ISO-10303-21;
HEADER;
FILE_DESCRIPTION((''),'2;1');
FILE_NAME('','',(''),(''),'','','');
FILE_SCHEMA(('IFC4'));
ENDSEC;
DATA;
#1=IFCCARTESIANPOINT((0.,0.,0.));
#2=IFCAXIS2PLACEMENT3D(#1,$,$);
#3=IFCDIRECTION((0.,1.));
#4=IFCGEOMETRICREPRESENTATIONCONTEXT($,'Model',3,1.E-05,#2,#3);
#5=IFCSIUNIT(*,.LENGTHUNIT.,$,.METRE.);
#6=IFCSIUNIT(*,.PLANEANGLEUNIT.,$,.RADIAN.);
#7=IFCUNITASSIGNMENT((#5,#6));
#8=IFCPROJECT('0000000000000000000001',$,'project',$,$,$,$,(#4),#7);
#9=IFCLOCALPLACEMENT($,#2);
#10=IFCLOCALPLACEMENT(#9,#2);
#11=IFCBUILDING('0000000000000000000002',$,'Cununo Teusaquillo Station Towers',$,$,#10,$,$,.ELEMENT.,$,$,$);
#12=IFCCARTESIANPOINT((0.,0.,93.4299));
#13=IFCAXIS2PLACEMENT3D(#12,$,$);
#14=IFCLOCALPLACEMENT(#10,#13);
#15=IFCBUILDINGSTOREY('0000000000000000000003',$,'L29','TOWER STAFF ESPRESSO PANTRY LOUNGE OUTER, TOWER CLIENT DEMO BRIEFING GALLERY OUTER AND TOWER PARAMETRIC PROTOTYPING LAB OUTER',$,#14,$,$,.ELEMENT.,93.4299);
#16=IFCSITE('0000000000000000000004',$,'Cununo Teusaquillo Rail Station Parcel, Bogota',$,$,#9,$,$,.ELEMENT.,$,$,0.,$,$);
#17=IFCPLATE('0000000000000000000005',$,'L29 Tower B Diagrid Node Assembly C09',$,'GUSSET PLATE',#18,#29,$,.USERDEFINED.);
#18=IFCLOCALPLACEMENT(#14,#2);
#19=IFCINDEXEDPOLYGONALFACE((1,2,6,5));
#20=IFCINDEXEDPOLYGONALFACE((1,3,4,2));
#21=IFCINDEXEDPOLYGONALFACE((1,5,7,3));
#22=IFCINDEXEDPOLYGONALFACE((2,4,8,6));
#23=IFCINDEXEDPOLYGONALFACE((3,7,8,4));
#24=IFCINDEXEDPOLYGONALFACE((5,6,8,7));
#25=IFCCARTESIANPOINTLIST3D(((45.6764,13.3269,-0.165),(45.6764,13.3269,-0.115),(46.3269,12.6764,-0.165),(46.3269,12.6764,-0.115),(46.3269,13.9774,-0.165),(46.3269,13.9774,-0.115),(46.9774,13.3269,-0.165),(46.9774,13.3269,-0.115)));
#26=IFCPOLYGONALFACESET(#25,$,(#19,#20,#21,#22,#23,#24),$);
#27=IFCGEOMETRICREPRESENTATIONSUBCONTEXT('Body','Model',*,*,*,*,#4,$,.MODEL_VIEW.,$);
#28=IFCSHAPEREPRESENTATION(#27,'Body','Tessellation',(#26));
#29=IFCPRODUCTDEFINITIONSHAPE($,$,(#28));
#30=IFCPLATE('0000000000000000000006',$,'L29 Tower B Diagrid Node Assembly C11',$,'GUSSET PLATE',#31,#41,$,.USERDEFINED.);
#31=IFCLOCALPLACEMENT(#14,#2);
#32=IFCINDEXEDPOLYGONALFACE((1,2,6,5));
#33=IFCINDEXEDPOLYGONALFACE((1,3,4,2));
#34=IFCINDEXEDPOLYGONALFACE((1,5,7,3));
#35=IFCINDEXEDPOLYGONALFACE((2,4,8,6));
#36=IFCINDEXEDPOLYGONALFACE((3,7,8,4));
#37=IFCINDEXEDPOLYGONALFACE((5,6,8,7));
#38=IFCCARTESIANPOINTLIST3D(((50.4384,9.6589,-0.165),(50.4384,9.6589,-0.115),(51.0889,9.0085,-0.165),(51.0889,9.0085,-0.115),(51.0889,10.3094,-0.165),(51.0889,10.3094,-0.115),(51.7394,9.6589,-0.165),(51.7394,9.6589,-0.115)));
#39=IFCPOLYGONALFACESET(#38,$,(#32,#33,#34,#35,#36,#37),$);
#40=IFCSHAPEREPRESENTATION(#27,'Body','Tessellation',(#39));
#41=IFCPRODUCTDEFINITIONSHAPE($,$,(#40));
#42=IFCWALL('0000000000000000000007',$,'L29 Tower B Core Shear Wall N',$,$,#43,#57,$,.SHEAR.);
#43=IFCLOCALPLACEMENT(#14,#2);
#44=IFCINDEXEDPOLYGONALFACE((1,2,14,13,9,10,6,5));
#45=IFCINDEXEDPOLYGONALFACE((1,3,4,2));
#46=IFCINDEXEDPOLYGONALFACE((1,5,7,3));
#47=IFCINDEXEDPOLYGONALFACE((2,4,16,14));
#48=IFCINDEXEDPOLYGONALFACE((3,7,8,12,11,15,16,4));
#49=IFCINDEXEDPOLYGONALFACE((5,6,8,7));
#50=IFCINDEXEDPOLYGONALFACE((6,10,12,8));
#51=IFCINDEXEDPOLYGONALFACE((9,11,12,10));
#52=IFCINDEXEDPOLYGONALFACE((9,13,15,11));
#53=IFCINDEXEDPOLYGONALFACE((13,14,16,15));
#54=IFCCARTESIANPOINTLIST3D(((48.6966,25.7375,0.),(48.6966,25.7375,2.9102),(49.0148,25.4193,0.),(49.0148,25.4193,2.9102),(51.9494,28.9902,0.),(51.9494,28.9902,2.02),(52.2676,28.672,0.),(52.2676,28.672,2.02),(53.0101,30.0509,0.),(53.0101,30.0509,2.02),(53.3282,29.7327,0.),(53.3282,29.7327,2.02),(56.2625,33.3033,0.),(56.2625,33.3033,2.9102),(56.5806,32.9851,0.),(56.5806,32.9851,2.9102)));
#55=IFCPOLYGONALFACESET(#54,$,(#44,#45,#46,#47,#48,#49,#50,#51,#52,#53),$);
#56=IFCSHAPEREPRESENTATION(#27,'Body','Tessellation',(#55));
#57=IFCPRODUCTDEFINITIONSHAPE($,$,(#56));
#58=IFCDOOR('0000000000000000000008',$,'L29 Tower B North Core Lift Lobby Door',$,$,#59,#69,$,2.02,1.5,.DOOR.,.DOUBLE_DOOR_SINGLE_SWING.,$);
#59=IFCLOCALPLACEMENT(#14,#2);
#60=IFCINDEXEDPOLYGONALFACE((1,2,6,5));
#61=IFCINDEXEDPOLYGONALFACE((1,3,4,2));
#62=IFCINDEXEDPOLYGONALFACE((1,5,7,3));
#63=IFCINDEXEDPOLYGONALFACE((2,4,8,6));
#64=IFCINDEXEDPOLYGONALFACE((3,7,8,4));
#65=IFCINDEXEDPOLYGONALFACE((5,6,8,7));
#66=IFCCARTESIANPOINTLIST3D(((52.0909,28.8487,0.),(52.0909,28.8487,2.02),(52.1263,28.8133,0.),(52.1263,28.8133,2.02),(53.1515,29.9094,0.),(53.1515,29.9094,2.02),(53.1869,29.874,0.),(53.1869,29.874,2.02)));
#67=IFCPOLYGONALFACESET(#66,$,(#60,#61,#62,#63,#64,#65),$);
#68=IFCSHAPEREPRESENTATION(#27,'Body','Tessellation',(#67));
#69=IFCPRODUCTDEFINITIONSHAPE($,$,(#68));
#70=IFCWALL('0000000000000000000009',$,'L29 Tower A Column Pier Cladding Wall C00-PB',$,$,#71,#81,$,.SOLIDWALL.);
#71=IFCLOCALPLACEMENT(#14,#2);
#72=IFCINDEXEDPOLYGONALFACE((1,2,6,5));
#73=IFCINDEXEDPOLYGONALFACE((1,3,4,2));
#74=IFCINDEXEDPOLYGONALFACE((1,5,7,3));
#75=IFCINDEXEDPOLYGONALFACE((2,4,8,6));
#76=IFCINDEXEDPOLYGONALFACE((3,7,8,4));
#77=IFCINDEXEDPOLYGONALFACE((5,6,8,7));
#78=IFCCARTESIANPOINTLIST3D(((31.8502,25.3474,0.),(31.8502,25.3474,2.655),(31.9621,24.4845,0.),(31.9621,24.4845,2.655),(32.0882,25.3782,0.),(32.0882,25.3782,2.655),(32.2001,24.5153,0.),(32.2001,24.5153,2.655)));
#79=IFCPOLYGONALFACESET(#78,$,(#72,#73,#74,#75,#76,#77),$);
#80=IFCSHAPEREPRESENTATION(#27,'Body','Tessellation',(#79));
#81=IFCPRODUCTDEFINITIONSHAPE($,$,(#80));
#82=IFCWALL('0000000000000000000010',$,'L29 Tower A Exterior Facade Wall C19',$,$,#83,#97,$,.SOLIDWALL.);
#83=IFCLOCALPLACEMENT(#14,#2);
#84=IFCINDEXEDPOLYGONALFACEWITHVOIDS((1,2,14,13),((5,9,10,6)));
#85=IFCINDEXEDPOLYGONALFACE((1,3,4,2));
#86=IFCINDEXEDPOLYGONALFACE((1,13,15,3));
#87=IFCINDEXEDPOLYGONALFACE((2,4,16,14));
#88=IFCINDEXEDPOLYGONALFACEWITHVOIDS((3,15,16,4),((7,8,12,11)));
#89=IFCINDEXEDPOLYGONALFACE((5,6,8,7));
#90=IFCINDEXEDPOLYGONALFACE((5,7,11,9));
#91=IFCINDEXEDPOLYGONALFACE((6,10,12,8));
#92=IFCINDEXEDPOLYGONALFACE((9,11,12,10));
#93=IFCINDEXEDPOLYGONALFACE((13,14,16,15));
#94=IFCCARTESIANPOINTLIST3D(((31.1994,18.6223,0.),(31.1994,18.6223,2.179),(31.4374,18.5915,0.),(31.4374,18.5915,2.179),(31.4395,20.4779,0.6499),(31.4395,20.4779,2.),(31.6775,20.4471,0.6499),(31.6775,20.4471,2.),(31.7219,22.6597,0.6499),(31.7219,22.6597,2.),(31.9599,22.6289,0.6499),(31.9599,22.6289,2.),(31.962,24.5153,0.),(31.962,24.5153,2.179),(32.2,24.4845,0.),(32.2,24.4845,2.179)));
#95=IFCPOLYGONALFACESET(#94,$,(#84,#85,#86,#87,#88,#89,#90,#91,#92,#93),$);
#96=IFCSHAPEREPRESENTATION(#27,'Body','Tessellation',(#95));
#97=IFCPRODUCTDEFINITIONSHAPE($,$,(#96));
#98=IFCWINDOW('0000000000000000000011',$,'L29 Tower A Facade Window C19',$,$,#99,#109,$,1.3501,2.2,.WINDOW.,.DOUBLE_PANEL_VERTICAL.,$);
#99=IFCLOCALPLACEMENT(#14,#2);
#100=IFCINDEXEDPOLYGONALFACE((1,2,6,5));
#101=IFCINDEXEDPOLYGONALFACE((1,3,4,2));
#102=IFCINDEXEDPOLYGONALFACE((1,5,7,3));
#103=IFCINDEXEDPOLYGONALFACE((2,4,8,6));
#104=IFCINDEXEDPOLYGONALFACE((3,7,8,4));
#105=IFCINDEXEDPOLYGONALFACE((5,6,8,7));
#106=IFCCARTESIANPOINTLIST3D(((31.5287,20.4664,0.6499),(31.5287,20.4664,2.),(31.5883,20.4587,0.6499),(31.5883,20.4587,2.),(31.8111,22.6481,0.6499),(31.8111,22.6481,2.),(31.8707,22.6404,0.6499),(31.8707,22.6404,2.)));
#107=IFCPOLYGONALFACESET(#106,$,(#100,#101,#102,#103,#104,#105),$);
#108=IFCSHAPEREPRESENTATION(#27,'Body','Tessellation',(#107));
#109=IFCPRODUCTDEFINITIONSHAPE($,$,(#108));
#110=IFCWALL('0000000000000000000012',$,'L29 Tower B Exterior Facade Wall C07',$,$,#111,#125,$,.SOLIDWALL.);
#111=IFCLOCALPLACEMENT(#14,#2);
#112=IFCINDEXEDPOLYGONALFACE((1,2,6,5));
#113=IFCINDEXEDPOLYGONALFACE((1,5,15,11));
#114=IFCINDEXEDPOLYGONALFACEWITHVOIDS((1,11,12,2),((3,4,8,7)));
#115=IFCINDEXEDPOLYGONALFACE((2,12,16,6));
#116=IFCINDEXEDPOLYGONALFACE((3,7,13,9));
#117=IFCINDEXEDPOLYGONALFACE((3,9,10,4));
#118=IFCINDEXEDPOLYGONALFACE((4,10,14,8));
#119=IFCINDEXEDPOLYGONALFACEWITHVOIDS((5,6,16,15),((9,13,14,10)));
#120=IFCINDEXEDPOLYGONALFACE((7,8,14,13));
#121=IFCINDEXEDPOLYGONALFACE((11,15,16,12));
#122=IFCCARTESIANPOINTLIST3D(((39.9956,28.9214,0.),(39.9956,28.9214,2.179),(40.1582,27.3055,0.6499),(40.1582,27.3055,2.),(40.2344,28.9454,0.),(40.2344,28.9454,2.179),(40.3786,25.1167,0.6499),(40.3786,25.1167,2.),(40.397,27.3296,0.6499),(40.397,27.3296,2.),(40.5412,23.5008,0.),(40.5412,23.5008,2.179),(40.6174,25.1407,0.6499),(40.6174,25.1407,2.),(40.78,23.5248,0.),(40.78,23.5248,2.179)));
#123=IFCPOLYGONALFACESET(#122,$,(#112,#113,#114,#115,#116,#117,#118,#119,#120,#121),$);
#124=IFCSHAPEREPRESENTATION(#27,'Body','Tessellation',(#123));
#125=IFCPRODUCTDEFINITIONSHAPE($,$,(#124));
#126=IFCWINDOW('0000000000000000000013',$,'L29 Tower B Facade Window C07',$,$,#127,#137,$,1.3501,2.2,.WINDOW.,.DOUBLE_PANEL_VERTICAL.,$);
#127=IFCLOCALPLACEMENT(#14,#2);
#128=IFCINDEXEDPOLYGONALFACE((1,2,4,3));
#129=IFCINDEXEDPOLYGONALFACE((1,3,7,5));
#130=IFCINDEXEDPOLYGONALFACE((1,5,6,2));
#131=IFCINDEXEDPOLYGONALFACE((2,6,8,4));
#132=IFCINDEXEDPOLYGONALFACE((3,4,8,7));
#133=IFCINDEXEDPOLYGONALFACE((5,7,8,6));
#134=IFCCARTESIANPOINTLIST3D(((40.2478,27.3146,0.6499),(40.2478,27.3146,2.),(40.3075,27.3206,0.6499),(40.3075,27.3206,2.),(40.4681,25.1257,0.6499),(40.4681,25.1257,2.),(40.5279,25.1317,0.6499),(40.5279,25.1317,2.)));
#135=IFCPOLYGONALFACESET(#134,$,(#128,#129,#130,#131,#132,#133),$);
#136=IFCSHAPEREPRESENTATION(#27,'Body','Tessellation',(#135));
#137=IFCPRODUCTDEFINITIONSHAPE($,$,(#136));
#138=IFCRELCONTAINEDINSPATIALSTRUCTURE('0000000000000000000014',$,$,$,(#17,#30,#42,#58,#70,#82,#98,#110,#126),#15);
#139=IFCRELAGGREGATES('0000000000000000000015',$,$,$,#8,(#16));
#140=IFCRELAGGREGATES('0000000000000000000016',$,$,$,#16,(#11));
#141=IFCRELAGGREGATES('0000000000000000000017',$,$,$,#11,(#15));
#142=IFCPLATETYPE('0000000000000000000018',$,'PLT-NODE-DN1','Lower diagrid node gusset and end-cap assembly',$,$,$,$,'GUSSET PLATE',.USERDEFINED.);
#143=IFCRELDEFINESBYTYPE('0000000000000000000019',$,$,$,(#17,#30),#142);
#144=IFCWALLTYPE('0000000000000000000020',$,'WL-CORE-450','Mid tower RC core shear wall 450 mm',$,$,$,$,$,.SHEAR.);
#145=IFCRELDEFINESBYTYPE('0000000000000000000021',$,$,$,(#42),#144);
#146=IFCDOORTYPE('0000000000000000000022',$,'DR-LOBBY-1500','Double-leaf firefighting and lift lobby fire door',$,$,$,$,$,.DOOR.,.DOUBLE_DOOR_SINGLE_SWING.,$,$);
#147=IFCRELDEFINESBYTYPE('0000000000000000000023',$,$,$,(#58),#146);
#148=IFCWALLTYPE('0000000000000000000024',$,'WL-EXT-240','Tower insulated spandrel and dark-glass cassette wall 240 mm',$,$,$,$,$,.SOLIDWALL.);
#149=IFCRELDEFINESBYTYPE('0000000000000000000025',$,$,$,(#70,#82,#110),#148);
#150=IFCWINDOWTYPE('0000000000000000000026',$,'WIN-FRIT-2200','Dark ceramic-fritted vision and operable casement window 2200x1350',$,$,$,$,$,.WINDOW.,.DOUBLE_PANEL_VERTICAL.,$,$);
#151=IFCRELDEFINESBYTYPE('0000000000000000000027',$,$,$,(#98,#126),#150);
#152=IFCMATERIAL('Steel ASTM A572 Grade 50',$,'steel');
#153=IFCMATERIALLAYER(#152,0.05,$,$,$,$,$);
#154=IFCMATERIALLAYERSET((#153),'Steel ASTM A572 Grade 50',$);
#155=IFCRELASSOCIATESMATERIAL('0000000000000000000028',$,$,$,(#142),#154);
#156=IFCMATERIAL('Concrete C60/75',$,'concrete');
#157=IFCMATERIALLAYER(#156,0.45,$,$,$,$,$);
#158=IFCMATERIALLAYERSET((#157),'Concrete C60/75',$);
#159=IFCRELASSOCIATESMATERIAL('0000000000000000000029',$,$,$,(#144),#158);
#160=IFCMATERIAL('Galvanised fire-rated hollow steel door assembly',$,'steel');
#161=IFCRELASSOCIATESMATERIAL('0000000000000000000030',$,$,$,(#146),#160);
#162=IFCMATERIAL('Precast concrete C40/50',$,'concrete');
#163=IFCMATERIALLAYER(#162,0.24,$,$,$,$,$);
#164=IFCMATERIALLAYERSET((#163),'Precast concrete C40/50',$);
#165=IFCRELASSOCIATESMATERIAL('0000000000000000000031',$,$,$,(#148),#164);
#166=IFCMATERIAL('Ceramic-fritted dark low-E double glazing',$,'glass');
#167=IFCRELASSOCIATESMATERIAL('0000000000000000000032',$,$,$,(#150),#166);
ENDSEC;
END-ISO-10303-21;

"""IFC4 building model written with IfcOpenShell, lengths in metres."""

from ifc_helpers import new_model, si_unit, direction, frame, frame_2d, origin, origin_2d, place, context, subcontext, project, spatial, rectangle, extrude, source, transform, mapped, material, layer, layer_set, type_object, element, fill, save


model = new_model("IFC4")

# Units and contexts
model_context = context("Model", 3, precision=1e-05, world=origin(), true_north=direction((0.0, 1.0)))
body_context = subcontext(model_context, "Body", "Model", "MODEL_VIEW")
ifc_project = project(units=[si_unit("LENGTHUNIT", "METRE"), si_unit("PLANEANGLEUNIT", "RADIAN")], contexts=[model_context])

# Site, building, storey
site_placement = place(None, origin())
site = spatial("IfcSite", under=ifc_project, at=site_placement, Name="Cununo Teusaquillo Rail Station Parcel, Bogota", CompositionType="ELEMENT", RefElevation=0.0)
building_placement = place(site_placement, origin())
building = spatial("IfcBuilding", under=site, at=building_placement, Name="Cununo Teusaquillo Station Towers", CompositionType="ELEMENT")
storey_placement = place(building_placement, frame((0.0, 0.0, 93.4299)))
storey = spatial("IfcBuildingStorey", under=building, at=storey_placement, Name="L29", Description="TOWER STAFF ESPRESSO PANTRY LOUNGE OUTER, TOWER CLIENT DEMO BRIEFING GALLERY OUTER AND TOWER PARAMETRIC PROTOTYPING LAB OUTER", CompositionType="ELEMENT", Elevation=93.4299)

# Plates
ifc_material_1 = material(Name="Steel ASTM A572 Grade 50", Category="steel")
ifc_layer_1 = layer(ifc_material_1, 0.05)
ifc_layer_set_1 = layer_set([ifc_layer_1], Name="Steel ASTM A572 Grade 50")
plate_type = type_object("IfcPlateType", Name="PLT-NODE-DN1", Description="Lower diagrid node gusset and end-cap assembly", ElementType="GUSSET PLATE", PredefinedType="USERDEFINED", material=ifc_layer_set_1)
shared_shape_1 = source(origin(), body_context, "Body", "SweptSolid", [
    extrude(rectangle(XDim=0.9199, YDim=0.9199, at=origin_2d()), origin(), (0.0, 0.0, 1.0), 0.05),
])
for number, where, z_axis, x_axis, name in (
    (1, (46.3269, 13.3269, -0.165), (0.0, 0.0, 1.0), (0.707107, 0.707107, 0.0), "L29 Tower B Diagrid Node Assembly C09"),
    (2, (51.0889, 9.6589, -0.165), (0.0, 0.0, 1.0), (0.707107, 0.707107, 0.0), "L29 Tower B Diagrid Node Assembly C11"),
):
    element("IfcPlate", number, at=place(storey_placement, frame(where, z_axis=z_axis, x_axis=x_axis)), inside=storey, type_object=plate_type, Name=name, ObjectType="GUSSET PLATE", PredefinedType="USERDEFINED", context=body_context, shape_type="MappedRepresentation", body=[
        mapped(shared_shape_1, transform((0.0, 0.0, 0.0), x_axis=(1.0, 0.0, 0.0), y_axis=(0.0, 1.0, 0.0), z_axis=(0.0, 0.0, 1.0), scale=1.0)),
    ])

# Wall, opening, door
ifc_material_2 = material(Name="Concrete C60/75", Category="concrete")
ifc_layer_2 = layer(ifc_material_2, 0.45)
ifc_layer_set_2 = layer_set([ifc_layer_2], Name="Concrete C60/75")
wall_type_1 = type_object("IfcWallType", Name="WL-CORE-450", Description="Mid tower RC core shear wall 450 mm", PredefinedType="SHEAR", material=ifc_layer_set_2)
wall_1_placement = place(storey_placement, frame((48.8557, 25.5784, 0.0), z_axis=(0.0, 0.0, 1.0), x_axis=(0.707107, 0.707107, 0.0)))
wall_1 = element("IfcWall", 3, at=wall_1_placement, inside=storey, type_object=wall_type_1, Name="L29 Tower B Core Shear Wall N", PredefinedType="SHEAR", context=body_context, shape_type="SweptSolid", body=[
    extrude(rectangle(XDim=10.6997, YDim=0.45, at=frame_2d((5.3499, 0.0))), origin(), (0.0, 0.0, 1.0), 2.9102),
])
shared_shape_2 = source(origin(), body_context, "Body", "SweptSolid", [
    extrude(rectangle(XDim=1.5, YDim=2.02, at=frame_2d((0.75, 1.01))), frame((0.0, 0.2349, 0.0), z_axis=(0.0, -1.0, 0.0), x_axis=(1.0, 0.0, 0.0)), (0.0, 0.0, 1.0), 0.47),
])
opening_1_placement = place(wall_1_placement, frame((4.6001, 0.0, 0.0)))
opening_1 = element("IfcOpeningElement", 4, at=opening_1_placement, cuts=wall_1, PredefinedType="OPENING", context=body_context, shape_type="MappedRepresentation", body=[
    mapped(shared_shape_2, transform((0.0, 0.0, 0.0), x_axis=(1.0, 0.0, 0.0), y_axis=(0.0, 1.0, 0.0), z_axis=(0.0, 0.0, 1.0), scale=1.0)),
])
ifc_material_3 = material(Name="Galvanised fire-rated hollow steel door assembly", Category="steel")
door_type_1 = type_object("IfcDoorType", Name="DR-LOBBY-1500", Description="Double-leaf firefighting and lift lobby fire door", OperationType="DOUBLE_DOOR_SINGLE_SWING", PredefinedType="DOOR", material=ifc_material_3)
shared_shape_3 = source(origin(), body_context, "Body", "SweptSolid", [
    extrude(rectangle(XDim=1.5, YDim=2.02, at=frame_2d((0.75, 1.01))), frame((0.0, 0.0249, 0.0), z_axis=(0.0, -1.0, 0.0), x_axis=(1.0, 0.0, 0.0)), (0.0, 0.0, 1.0), 0.05),
])
door_1_placement = place(opening_1_placement, origin())
door_1 = element("IfcDoor", 5, at=door_1_placement, inside=storey, type_object=door_type_1, Name="L29 Tower B North Core Lift Lobby Door", OperationType="DOUBLE_DOOR_SINGLE_SWING", OverallHeight=2.02, OverallWidth=1.5, PredefinedType="DOOR", context=body_context, shape_type="MappedRepresentation", body=[
    mapped(shared_shape_3, transform((0.0, 0.0, 0.0), x_axis=(1.0, 0.0, 0.0), y_axis=(0.0, 1.0, 0.0), z_axis=(0.0, 0.0, 1.0), scale=1.0)),
])
fill(opening_1, door_1)

# Wall
ifc_material_4 = material(Name="Precast concrete C40/50", Category="concrete")
ifc_layer_3 = layer(ifc_material_4, 0.24)
ifc_layer_set_3 = layer_set([ifc_layer_3], Name="Precast concrete C40/50")
wall_type_2 = type_object("IfcWallType", Name="WL-EXT-240", Description="Tower insulated spandrel and dark-glass cassette wall 240 mm", PredefinedType="SOLIDWALL", material=ifc_layer_set_3)
wall_2_placement = place(storey_placement, frame((31.9692, 25.3628, 0.0), z_axis=(0.0, 0.0, 1.0), x_axis=(0.128523, -0.991706, 0.0)))
element("IfcWall", 6, at=wall_2_placement, inside=storey, type_object=wall_type_2, Name="L29 Tower A Column Pier Cladding Wall C00-PB", PredefinedType="SOLIDWALL", context=body_context, shape_type="SweptSolid", body=[
    extrude(rectangle(XDim=0.8701, YDim=0.24, at=frame_2d((0.4351, 0.0))), origin(), (0.0, 0.0, 1.0), 2.655),
])

# Walls, openings, windows
wall_3_placement = place(storey_placement, frame((32.0811, 24.5, 0.0), z_axis=(0.0, 0.0, 1.0), x_axis=(-0.128352, -0.991729, 0.0)))
wall_3 = element("IfcWall", 7, at=wall_3_placement, inside=storey, type_object=wall_type_2, Name="L29 Tower A Exterior Facade Wall C19", PredefinedType="SOLIDWALL", context=body_context, shape_type="SweptSolid", body=[
    extrude(rectangle(XDim=5.9421, YDim=0.24, at=frame_2d((2.9712, 0.0))), origin(), (0.0, 0.0, 1.0), 2.179),
])
shared_shape_4 = source(origin(), body_context, "Body", "SweptSolid", [
    extrude(rectangle(XDim=2.2, YDim=1.3501, at=frame_2d((1.1001, 0.675))), frame((0.0, 0.1299, 0.0), z_axis=(0.0, -1.0, 0.0), x_axis=(1.0, 0.0, 0.0)), (0.0, 0.0, 1.0), 0.26),
])
opening_2_placement = place(wall_3_placement, frame((1.8711, 0.0, 0.6499)))
opening_2 = element("IfcOpeningElement", 8, at=opening_2_placement, cuts=wall_3, PredefinedType="OPENING", context=body_context, shape_type="MappedRepresentation", body=[
    mapped(shared_shape_4, transform((0.0, 0.0, 0.0), x_axis=(1.0, 0.0, 0.0), y_axis=(0.0, 1.0, 0.0), z_axis=(0.0, 0.0, 1.0), scale=1.0)),
])
ifc_material_5 = material(Name="Ceramic-fritted dark low-E double glazing", Category="glass")
window_type_1 = type_object("IfcWindowType", Name="WIN-FRIT-2200", Description="Dark ceramic-fritted vision and operable casement window 2200x1350", PartitioningType="DOUBLE_PANEL_VERTICAL", PredefinedType="WINDOW", material=ifc_material_5)
shared_shape_5 = source(origin(), body_context, "Body", "SweptSolid", [
    extrude(rectangle(XDim=2.2, YDim=1.3501, at=frame_2d((1.1001, 0.675))), frame((0.0, 0.03, 0.0), z_axis=(0.0, -1.0, 0.0), x_axis=(1.0, 0.0, 0.0)), (0.0, 0.0, 1.0), 0.0601),
])
window_1_placement = place(opening_2_placement, origin())
window_1 = element("IfcWindow", 9, at=window_1_placement, inside=storey, type_object=window_type_1, Name="L29 Tower A Facade Window C19", OverallHeight=1.3501, OverallWidth=2.2, PartitioningType="DOUBLE_PANEL_VERTICAL", PredefinedType="WINDOW", context=body_context, shape_type="MappedRepresentation", body=[
    mapped(shared_shape_5, transform((0.0, 0.0, 0.0), x_axis=(1.0, 0.0, 0.0), y_axis=(0.0, 1.0, 0.0), z_axis=(0.0, 0.0, 1.0), scale=1.0)),
])
fill(opening_2, window_1)
wall_4_placement = place(storey_placement, frame((40.6606, 23.5127, 0.0), z_axis=(0.0, 0.0, 1.0), x_axis=(-0.100156, 0.994972, 0.0)))
wall_4 = element("IfcWall", 10, at=wall_4_placement, inside=storey, type_object=wall_type_2, Name="L29 Tower B Exterior Facade Wall C07", PredefinedType="SOLIDWALL", context=body_context, shape_type="SweptSolid", body=[
    extrude(rectangle(XDim=5.448, YDim=0.24, at=frame_2d((2.7241, 0.0))), origin(), (0.0, 0.0, 1.0), 2.179),
])
opening_3_placement = place(wall_4_placement, frame((1.624, 0.0, 0.6499)))
opening_3 = element("IfcOpeningElement", 11, at=opening_3_placement, cuts=wall_4, PredefinedType="OPENING", context=body_context, shape_type="MappedRepresentation", body=[
    mapped(shared_shape_4, transform((0.0, 0.0, 0.0), x_axis=(1.0, 0.0, 0.0), y_axis=(0.0, 1.0, 0.0), z_axis=(0.0, 0.0, 1.0), scale=1.0)),
])
window_2_placement = place(opening_3_placement, origin())
window_2 = element("IfcWindow", 12, at=window_2_placement, inside=storey, type_object=window_type_1, Name="L29 Tower B Facade Window C07", OverallHeight=1.3501, OverallWidth=2.2, PartitioningType="DOUBLE_PANEL_VERTICAL", PredefinedType="WINDOW", context=body_context, shape_type="MappedRepresentation", body=[
    mapped(shared_shape_5, transform((0.0, 0.0, 0.0), x_axis=(1.0, 0.0, 0.0), y_axis=(0.0, 1.0, 0.0), z_axis=(0.0, 0.0, 1.0), scale=1.0)),
])
fill(opening_3, window_2)

save(model, "model.ifc")
